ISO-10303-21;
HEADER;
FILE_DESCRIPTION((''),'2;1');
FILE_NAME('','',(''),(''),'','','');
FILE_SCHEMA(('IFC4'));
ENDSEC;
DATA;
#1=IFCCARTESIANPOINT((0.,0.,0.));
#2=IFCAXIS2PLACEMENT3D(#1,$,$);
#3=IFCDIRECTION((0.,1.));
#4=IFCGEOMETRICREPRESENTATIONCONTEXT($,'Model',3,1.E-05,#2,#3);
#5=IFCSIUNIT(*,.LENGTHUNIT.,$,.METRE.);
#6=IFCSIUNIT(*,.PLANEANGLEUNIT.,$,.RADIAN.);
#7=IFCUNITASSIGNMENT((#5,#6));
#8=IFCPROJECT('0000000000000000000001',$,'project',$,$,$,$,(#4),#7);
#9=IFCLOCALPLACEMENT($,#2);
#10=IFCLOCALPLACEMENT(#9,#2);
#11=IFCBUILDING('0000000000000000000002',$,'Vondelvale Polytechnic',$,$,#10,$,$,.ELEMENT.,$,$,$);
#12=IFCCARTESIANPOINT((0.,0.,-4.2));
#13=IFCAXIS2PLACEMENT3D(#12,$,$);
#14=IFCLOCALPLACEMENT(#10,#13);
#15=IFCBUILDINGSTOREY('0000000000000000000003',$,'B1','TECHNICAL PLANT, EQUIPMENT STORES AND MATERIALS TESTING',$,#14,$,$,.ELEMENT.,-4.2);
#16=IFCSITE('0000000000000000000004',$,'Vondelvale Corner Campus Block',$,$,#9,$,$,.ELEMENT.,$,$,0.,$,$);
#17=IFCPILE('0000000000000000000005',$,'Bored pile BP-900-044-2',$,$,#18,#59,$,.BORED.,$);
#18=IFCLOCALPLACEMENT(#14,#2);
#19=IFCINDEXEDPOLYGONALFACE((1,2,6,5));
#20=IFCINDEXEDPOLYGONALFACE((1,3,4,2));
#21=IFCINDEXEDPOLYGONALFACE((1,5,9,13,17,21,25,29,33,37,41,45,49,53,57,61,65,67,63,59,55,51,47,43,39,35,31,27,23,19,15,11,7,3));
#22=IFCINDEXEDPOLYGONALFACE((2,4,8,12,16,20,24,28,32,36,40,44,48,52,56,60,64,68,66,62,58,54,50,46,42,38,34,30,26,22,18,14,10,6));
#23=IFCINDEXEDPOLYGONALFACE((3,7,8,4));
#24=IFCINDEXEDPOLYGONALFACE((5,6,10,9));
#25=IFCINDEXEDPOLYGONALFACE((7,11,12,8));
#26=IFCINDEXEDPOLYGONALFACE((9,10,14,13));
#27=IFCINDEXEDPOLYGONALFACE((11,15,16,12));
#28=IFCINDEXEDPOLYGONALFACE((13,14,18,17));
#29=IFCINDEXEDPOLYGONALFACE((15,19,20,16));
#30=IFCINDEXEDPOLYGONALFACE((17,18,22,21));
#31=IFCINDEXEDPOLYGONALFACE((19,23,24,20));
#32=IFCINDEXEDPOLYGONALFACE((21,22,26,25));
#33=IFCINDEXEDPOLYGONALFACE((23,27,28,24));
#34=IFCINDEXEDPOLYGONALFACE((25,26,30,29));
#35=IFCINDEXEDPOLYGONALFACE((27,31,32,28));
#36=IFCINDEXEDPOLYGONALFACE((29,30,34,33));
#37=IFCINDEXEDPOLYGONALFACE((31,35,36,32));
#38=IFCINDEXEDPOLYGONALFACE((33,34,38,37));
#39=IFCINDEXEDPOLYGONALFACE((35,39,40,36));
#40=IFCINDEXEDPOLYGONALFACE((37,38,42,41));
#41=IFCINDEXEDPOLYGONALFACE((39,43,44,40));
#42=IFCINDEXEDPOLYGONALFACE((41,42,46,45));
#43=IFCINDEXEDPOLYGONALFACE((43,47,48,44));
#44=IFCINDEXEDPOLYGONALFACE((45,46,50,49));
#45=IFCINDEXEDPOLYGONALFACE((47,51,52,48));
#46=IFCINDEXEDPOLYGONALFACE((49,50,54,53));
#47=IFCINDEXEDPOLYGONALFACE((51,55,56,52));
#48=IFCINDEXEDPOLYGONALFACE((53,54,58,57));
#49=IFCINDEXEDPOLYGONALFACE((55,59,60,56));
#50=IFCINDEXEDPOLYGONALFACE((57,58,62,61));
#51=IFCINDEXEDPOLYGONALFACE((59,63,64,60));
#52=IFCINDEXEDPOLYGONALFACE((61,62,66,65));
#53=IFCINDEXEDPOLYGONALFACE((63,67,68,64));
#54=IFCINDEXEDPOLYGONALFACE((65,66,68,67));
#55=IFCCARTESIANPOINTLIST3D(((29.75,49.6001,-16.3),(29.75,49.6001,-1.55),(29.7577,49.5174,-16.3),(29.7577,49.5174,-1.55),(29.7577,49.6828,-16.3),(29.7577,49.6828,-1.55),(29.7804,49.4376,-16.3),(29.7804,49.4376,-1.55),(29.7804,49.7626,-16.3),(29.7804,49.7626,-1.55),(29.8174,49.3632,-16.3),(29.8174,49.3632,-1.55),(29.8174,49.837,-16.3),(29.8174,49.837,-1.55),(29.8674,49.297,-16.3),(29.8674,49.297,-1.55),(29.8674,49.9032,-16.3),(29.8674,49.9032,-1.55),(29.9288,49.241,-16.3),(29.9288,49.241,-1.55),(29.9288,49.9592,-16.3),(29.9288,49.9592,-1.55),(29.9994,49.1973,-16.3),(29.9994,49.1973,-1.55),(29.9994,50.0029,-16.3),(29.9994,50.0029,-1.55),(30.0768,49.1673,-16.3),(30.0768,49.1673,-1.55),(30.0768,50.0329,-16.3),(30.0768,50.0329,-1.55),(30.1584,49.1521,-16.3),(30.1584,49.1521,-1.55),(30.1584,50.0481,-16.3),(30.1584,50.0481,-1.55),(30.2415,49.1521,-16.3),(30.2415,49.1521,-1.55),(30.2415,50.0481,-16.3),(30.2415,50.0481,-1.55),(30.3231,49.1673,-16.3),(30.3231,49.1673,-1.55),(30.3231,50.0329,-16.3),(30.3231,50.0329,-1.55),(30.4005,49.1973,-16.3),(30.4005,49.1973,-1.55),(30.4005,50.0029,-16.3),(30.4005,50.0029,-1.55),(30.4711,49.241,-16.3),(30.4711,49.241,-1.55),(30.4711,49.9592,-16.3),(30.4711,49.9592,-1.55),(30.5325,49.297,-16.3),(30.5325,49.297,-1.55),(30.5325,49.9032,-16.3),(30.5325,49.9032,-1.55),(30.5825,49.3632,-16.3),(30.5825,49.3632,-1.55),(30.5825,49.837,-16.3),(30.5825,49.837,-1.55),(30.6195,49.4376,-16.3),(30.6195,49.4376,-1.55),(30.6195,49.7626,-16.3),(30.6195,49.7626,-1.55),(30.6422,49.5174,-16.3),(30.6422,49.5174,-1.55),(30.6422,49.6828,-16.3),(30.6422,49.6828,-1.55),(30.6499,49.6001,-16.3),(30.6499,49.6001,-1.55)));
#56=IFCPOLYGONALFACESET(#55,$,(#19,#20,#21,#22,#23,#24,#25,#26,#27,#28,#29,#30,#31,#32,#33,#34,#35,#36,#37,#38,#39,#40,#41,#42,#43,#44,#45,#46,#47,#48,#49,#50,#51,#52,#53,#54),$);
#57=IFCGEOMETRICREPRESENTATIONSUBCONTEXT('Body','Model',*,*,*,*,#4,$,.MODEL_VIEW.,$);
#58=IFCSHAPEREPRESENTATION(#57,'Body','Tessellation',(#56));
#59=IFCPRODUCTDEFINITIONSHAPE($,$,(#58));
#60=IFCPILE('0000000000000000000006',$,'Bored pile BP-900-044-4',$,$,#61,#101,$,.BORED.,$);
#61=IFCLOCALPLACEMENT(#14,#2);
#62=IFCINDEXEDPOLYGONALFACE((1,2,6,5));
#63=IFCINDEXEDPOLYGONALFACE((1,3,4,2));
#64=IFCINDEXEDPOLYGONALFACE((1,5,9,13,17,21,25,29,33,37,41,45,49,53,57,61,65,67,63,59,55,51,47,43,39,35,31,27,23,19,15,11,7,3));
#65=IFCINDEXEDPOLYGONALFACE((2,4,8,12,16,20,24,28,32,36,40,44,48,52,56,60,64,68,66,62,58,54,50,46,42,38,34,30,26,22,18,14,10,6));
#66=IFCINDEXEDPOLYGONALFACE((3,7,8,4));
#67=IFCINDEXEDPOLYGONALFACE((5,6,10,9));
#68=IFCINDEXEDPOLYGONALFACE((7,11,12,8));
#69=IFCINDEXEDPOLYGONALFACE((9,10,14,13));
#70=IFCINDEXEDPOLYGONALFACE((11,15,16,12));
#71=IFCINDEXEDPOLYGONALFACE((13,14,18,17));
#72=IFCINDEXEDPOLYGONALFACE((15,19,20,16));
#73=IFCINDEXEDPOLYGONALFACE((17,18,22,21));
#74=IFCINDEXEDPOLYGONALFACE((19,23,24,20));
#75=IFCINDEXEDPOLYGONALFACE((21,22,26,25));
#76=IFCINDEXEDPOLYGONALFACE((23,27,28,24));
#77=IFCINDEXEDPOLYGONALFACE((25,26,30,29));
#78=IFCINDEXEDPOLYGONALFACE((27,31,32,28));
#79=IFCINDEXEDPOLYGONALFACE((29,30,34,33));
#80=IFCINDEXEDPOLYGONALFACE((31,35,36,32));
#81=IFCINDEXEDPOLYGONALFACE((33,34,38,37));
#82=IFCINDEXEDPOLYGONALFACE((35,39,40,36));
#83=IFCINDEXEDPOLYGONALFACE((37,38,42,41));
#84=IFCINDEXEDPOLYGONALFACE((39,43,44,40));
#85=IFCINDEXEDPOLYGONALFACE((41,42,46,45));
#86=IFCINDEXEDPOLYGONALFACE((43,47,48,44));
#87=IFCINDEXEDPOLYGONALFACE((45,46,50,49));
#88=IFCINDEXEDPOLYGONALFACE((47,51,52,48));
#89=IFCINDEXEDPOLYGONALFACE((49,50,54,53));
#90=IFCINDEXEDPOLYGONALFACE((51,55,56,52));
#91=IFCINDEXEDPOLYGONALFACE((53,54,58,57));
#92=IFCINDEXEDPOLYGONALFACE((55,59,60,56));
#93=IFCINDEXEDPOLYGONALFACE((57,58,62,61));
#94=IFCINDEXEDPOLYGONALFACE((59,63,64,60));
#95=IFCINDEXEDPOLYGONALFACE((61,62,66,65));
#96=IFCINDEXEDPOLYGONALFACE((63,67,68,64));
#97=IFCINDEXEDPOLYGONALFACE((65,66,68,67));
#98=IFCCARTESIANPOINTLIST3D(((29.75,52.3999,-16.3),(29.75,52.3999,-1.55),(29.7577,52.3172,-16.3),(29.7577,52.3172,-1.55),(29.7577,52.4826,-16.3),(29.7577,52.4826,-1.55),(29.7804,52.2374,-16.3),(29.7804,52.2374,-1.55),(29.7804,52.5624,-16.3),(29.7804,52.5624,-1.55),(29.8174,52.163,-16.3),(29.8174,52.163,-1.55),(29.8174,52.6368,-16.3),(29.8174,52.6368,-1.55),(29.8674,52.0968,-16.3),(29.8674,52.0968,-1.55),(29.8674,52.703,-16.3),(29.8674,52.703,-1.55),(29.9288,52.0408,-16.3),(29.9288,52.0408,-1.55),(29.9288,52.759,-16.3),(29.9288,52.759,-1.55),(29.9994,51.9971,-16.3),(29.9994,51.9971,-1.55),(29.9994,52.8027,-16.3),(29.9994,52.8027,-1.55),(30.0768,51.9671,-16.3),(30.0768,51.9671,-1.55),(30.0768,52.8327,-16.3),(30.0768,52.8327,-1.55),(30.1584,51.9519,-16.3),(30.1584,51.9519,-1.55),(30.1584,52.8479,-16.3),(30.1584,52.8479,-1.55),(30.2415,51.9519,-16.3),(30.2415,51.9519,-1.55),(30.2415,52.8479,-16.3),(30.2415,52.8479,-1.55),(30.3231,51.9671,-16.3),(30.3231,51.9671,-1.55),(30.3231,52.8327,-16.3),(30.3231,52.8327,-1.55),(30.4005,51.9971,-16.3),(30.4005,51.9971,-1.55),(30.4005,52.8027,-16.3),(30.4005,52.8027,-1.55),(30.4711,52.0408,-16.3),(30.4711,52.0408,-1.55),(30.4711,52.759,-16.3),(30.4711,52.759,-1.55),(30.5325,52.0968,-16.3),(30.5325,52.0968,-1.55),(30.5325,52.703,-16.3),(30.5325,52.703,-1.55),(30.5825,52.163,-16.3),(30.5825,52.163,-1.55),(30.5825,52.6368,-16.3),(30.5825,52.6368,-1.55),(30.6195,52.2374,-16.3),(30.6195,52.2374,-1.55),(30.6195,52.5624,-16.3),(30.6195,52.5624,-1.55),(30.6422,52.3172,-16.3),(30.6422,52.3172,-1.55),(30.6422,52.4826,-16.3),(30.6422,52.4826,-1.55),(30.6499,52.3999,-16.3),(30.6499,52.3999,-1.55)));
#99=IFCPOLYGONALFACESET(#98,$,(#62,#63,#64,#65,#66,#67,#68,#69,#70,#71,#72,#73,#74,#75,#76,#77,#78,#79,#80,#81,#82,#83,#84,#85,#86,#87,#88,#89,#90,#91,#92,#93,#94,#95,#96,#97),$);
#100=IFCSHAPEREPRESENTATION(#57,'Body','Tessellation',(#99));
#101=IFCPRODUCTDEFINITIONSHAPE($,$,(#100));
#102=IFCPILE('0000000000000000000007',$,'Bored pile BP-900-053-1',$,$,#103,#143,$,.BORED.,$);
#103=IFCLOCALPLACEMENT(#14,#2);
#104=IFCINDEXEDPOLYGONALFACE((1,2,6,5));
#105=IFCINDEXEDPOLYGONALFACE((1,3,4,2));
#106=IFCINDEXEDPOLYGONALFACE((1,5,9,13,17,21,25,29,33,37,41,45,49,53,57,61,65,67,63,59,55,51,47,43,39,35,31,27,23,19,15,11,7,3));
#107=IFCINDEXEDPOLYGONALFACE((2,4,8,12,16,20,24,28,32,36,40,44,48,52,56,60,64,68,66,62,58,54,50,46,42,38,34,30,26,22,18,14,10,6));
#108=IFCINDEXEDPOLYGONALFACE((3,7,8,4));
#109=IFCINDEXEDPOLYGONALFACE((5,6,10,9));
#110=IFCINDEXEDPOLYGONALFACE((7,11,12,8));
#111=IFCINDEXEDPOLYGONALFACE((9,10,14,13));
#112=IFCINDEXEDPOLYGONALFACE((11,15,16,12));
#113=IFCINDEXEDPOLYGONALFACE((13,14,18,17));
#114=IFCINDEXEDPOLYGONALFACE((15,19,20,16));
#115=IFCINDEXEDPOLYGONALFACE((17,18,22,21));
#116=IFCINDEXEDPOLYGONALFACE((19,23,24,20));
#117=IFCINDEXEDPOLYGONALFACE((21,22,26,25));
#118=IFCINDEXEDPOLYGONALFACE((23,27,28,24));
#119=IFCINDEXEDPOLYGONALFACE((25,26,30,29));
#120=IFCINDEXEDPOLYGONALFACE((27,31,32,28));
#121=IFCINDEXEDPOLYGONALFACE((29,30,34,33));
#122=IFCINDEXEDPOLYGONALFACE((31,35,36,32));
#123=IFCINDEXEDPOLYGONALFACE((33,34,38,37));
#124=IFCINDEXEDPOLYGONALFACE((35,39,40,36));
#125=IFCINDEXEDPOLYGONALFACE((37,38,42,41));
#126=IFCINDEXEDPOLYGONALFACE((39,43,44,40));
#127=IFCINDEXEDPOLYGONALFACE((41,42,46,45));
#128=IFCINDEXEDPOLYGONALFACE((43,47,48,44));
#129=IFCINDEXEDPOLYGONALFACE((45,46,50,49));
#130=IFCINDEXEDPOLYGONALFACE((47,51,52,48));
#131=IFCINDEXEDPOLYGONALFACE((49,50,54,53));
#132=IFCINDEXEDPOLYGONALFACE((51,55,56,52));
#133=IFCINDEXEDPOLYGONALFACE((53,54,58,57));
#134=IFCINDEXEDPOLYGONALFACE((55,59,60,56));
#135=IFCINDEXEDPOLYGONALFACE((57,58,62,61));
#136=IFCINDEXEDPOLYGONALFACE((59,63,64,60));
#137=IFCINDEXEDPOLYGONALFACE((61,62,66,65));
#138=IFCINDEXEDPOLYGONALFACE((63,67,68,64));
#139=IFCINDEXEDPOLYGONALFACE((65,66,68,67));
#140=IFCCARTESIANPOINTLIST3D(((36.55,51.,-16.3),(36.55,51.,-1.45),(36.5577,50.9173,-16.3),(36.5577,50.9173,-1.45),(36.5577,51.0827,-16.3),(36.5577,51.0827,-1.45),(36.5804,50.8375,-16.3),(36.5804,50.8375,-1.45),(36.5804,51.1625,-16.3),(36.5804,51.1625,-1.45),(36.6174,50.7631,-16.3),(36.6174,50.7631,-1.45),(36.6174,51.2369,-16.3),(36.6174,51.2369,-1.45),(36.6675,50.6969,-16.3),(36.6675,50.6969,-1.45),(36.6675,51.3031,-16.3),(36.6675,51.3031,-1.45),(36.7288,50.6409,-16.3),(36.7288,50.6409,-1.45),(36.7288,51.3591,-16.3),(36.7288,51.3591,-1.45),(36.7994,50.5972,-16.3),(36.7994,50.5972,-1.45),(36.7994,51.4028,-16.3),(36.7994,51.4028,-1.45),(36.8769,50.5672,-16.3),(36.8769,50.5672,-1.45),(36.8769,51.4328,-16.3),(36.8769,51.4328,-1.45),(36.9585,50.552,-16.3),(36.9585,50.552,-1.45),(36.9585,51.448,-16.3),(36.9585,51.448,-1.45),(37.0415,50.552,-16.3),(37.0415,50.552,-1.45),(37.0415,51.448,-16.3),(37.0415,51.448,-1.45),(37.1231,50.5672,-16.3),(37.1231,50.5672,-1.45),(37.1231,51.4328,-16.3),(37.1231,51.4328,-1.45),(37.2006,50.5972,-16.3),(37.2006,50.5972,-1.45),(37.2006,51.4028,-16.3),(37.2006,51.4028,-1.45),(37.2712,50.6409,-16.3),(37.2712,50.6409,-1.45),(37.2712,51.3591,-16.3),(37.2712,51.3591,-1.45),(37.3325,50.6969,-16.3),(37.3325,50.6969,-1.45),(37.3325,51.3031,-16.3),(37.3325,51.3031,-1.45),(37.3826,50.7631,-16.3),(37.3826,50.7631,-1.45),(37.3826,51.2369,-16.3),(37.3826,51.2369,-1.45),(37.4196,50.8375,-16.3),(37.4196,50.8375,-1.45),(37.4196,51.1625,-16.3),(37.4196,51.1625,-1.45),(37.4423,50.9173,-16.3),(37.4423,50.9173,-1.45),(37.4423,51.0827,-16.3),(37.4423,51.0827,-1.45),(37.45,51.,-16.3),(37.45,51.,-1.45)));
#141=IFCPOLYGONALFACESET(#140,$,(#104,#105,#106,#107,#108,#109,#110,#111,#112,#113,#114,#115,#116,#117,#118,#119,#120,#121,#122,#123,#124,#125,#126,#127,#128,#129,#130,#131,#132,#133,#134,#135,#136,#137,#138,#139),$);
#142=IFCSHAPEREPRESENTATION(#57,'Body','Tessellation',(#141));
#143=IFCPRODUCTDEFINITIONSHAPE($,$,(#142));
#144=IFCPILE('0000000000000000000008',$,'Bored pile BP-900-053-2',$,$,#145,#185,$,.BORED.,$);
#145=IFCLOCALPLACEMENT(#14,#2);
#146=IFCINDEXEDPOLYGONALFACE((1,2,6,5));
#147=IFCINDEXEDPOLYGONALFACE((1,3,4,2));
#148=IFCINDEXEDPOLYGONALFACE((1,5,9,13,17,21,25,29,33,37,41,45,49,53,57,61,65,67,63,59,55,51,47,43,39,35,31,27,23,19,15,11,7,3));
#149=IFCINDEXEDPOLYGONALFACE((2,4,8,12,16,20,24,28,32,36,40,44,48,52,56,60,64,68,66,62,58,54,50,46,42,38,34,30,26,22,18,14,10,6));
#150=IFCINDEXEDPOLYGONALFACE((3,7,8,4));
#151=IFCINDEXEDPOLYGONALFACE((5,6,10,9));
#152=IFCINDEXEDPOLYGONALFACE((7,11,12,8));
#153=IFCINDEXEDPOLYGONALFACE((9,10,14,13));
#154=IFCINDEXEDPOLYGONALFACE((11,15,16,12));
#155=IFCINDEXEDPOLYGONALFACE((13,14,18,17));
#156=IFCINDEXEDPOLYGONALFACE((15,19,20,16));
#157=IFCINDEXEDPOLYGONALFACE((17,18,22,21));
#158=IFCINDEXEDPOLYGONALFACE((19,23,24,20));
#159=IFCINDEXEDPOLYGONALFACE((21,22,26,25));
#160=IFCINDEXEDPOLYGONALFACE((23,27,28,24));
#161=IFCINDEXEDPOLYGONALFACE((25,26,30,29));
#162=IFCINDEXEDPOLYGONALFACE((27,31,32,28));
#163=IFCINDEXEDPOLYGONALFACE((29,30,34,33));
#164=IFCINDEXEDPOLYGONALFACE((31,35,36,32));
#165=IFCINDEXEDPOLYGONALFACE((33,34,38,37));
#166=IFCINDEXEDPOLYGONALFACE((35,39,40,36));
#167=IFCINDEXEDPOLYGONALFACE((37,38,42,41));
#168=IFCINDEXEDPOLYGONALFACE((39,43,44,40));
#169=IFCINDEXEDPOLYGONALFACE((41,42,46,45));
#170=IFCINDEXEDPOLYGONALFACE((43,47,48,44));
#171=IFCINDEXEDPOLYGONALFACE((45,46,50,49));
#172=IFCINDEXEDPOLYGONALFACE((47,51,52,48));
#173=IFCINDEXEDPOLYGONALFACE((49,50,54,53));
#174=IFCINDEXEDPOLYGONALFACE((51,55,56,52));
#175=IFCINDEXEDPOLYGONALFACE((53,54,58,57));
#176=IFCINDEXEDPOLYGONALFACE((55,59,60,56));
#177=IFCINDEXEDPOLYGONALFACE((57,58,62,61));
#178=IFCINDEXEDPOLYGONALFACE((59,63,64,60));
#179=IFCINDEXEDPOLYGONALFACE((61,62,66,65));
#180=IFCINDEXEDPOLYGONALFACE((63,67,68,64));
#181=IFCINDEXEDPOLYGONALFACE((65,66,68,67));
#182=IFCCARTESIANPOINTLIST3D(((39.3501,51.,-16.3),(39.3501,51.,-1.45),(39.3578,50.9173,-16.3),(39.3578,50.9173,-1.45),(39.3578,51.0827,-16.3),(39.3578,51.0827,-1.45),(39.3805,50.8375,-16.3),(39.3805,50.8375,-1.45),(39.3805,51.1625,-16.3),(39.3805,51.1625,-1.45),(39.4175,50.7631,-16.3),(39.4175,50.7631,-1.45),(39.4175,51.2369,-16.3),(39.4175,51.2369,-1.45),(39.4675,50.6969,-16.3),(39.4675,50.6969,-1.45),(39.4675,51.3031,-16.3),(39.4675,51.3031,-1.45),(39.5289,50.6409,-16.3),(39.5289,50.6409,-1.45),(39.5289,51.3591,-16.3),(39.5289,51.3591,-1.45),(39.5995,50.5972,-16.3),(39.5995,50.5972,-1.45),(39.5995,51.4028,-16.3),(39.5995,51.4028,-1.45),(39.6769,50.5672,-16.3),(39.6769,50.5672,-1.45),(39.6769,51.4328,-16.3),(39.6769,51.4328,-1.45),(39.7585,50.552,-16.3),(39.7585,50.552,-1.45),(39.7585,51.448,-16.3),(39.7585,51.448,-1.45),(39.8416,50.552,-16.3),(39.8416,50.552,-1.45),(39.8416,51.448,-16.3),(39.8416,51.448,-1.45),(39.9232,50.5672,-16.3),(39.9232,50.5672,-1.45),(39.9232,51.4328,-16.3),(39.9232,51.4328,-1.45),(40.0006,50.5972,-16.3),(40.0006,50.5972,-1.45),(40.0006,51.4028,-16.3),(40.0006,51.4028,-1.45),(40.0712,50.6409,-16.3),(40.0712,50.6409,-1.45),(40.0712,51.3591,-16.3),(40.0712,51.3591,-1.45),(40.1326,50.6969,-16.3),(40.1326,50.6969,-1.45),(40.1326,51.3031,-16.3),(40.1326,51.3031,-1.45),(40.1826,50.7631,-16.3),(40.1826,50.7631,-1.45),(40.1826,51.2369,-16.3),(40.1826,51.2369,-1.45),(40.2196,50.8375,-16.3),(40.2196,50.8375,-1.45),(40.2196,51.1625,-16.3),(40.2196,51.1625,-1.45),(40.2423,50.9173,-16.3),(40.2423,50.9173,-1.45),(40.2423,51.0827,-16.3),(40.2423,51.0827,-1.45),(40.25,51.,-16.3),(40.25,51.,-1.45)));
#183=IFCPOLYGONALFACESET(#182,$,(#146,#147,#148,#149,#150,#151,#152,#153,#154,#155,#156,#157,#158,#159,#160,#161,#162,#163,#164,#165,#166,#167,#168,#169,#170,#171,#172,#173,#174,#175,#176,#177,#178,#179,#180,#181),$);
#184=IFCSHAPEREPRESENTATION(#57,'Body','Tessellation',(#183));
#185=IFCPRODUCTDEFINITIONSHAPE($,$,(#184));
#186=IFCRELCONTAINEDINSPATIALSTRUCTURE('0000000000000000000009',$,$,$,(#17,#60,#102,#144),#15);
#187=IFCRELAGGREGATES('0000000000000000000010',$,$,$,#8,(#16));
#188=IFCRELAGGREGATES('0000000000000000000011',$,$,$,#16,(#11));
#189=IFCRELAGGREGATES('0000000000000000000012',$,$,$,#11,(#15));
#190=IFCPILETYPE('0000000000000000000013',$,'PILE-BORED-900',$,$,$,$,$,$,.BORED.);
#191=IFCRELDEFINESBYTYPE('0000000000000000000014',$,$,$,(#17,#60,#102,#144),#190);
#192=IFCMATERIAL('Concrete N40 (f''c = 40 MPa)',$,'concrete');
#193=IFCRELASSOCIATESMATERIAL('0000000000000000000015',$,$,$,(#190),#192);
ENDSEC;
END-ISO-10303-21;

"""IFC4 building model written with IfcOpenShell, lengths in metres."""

from ifc_helpers import new_model, si_unit, direction, frame, origin, origin_2d, place, context, subcontext, project, spatial, circle, extrude, material, material_profile, profile_set, type_object, element, save


model = new_model("IFC4")

# Units and contexts
model_context = context("Model", 3, precision=1e-05, world=origin(), true_north=direction((0.0, 1.0)))
body_context = subcontext(model_context, "Body", "Model", "MODEL_VIEW")
ifc_project = project(units=[si_unit("LENGTHUNIT", "METRE"), si_unit("PLANEANGLEUNIT", "RADIAN")], contexts=[model_context])

# Site, building, storey
site_placement = place(None, origin())
site = spatial("IfcSite", under=ifc_project, at=site_placement, Name="Vondelvale Corner Campus Block", CompositionType="ELEMENT", RefElevation=0.0)
building_placement = place(site_placement, origin())
building = spatial("IfcBuilding", under=site, at=building_placement, Name="Vondelvale Polytechnic", CompositionType="ELEMENT")
storey_placement = place(building_placement, frame((0.0, 0.0, -4.2)))
storey = spatial("IfcBuildingStorey", under=building, at=storey_placement, Name="B1", Description="TECHNICAL PLANT, EQUIPMENT STORES AND MATERIALS TESTING", CompositionType="ELEMENT", Elevation=-4.2)

# Shared definitions
ifc_material_1 = material(Name="Concrete N40 (f'c = 40 MPa)", Category="concrete")

# Piles
ifc_material_profile_1 = material_profile(ifc_material_1, circle(Radius=0.45, at=origin_2d()), Name="PILE-D900")
ifc_profile_set_1 = profile_set([ifc_material_profile_1], Name="Concrete N40 (f'c = 40 MPa)")
pile_type_1 = type_object("IfcPileType", Name="PILE-BORED-900", PredefinedType="BORED", material=ifc_profile_set_1)
for number, where, z_axis, x_axis, name in (
    (1, (30.2, 49.6001, -1.55), (0.0, 0.0, -1.0), (1.0, 0.0, 0.0), "Bored pile BP-900-044-2"),
    (2, (30.2, 52.3999, -1.55), (0.0, 0.0, -1.0), (1.0, 0.0, 0.0), "Bored pile BP-900-044-4"),
):
    element("IfcPile", number, at=place(storey_placement, frame(where, z_axis=z_axis, x_axis=x_axis)), inside=storey, type_object=pile_type_1, Name=name, PredefinedType="BORED", context=body_context, shape_type="SweptSolid", body=[
        extrude(circle(Radius=0.45, at=origin_2d()), origin(), (0.0, 0.0, 1.0), 14.75),
    ])
for number, where, z_axis, x_axis, name in (
    (3, (37.0, 51.0, -1.45), (0.0, 0.0, -1.0), (1.0, 0.0, 0.0), "Bored pile BP-900-053-1"),
    (4, (39.8, 51.0, -1.45), (0.0, 0.0, -1.0), (1.0, 0.0, 0.0), "Bored pile BP-900-053-2"),
):
    element("IfcPile", number, at=place(storey_placement, frame(where, z_axis=z_axis, x_axis=x_axis)), inside=storey, type_object=pile_type_1, Name=name, PredefinedType="BORED", context=body_context, shape_type="SweptSolid", body=[
        extrude(circle(Radius=0.45, at=origin_2d()), origin(), (0.0, 0.0, 1.0), 14.8501),
    ])

save(model, "model.ifc")
